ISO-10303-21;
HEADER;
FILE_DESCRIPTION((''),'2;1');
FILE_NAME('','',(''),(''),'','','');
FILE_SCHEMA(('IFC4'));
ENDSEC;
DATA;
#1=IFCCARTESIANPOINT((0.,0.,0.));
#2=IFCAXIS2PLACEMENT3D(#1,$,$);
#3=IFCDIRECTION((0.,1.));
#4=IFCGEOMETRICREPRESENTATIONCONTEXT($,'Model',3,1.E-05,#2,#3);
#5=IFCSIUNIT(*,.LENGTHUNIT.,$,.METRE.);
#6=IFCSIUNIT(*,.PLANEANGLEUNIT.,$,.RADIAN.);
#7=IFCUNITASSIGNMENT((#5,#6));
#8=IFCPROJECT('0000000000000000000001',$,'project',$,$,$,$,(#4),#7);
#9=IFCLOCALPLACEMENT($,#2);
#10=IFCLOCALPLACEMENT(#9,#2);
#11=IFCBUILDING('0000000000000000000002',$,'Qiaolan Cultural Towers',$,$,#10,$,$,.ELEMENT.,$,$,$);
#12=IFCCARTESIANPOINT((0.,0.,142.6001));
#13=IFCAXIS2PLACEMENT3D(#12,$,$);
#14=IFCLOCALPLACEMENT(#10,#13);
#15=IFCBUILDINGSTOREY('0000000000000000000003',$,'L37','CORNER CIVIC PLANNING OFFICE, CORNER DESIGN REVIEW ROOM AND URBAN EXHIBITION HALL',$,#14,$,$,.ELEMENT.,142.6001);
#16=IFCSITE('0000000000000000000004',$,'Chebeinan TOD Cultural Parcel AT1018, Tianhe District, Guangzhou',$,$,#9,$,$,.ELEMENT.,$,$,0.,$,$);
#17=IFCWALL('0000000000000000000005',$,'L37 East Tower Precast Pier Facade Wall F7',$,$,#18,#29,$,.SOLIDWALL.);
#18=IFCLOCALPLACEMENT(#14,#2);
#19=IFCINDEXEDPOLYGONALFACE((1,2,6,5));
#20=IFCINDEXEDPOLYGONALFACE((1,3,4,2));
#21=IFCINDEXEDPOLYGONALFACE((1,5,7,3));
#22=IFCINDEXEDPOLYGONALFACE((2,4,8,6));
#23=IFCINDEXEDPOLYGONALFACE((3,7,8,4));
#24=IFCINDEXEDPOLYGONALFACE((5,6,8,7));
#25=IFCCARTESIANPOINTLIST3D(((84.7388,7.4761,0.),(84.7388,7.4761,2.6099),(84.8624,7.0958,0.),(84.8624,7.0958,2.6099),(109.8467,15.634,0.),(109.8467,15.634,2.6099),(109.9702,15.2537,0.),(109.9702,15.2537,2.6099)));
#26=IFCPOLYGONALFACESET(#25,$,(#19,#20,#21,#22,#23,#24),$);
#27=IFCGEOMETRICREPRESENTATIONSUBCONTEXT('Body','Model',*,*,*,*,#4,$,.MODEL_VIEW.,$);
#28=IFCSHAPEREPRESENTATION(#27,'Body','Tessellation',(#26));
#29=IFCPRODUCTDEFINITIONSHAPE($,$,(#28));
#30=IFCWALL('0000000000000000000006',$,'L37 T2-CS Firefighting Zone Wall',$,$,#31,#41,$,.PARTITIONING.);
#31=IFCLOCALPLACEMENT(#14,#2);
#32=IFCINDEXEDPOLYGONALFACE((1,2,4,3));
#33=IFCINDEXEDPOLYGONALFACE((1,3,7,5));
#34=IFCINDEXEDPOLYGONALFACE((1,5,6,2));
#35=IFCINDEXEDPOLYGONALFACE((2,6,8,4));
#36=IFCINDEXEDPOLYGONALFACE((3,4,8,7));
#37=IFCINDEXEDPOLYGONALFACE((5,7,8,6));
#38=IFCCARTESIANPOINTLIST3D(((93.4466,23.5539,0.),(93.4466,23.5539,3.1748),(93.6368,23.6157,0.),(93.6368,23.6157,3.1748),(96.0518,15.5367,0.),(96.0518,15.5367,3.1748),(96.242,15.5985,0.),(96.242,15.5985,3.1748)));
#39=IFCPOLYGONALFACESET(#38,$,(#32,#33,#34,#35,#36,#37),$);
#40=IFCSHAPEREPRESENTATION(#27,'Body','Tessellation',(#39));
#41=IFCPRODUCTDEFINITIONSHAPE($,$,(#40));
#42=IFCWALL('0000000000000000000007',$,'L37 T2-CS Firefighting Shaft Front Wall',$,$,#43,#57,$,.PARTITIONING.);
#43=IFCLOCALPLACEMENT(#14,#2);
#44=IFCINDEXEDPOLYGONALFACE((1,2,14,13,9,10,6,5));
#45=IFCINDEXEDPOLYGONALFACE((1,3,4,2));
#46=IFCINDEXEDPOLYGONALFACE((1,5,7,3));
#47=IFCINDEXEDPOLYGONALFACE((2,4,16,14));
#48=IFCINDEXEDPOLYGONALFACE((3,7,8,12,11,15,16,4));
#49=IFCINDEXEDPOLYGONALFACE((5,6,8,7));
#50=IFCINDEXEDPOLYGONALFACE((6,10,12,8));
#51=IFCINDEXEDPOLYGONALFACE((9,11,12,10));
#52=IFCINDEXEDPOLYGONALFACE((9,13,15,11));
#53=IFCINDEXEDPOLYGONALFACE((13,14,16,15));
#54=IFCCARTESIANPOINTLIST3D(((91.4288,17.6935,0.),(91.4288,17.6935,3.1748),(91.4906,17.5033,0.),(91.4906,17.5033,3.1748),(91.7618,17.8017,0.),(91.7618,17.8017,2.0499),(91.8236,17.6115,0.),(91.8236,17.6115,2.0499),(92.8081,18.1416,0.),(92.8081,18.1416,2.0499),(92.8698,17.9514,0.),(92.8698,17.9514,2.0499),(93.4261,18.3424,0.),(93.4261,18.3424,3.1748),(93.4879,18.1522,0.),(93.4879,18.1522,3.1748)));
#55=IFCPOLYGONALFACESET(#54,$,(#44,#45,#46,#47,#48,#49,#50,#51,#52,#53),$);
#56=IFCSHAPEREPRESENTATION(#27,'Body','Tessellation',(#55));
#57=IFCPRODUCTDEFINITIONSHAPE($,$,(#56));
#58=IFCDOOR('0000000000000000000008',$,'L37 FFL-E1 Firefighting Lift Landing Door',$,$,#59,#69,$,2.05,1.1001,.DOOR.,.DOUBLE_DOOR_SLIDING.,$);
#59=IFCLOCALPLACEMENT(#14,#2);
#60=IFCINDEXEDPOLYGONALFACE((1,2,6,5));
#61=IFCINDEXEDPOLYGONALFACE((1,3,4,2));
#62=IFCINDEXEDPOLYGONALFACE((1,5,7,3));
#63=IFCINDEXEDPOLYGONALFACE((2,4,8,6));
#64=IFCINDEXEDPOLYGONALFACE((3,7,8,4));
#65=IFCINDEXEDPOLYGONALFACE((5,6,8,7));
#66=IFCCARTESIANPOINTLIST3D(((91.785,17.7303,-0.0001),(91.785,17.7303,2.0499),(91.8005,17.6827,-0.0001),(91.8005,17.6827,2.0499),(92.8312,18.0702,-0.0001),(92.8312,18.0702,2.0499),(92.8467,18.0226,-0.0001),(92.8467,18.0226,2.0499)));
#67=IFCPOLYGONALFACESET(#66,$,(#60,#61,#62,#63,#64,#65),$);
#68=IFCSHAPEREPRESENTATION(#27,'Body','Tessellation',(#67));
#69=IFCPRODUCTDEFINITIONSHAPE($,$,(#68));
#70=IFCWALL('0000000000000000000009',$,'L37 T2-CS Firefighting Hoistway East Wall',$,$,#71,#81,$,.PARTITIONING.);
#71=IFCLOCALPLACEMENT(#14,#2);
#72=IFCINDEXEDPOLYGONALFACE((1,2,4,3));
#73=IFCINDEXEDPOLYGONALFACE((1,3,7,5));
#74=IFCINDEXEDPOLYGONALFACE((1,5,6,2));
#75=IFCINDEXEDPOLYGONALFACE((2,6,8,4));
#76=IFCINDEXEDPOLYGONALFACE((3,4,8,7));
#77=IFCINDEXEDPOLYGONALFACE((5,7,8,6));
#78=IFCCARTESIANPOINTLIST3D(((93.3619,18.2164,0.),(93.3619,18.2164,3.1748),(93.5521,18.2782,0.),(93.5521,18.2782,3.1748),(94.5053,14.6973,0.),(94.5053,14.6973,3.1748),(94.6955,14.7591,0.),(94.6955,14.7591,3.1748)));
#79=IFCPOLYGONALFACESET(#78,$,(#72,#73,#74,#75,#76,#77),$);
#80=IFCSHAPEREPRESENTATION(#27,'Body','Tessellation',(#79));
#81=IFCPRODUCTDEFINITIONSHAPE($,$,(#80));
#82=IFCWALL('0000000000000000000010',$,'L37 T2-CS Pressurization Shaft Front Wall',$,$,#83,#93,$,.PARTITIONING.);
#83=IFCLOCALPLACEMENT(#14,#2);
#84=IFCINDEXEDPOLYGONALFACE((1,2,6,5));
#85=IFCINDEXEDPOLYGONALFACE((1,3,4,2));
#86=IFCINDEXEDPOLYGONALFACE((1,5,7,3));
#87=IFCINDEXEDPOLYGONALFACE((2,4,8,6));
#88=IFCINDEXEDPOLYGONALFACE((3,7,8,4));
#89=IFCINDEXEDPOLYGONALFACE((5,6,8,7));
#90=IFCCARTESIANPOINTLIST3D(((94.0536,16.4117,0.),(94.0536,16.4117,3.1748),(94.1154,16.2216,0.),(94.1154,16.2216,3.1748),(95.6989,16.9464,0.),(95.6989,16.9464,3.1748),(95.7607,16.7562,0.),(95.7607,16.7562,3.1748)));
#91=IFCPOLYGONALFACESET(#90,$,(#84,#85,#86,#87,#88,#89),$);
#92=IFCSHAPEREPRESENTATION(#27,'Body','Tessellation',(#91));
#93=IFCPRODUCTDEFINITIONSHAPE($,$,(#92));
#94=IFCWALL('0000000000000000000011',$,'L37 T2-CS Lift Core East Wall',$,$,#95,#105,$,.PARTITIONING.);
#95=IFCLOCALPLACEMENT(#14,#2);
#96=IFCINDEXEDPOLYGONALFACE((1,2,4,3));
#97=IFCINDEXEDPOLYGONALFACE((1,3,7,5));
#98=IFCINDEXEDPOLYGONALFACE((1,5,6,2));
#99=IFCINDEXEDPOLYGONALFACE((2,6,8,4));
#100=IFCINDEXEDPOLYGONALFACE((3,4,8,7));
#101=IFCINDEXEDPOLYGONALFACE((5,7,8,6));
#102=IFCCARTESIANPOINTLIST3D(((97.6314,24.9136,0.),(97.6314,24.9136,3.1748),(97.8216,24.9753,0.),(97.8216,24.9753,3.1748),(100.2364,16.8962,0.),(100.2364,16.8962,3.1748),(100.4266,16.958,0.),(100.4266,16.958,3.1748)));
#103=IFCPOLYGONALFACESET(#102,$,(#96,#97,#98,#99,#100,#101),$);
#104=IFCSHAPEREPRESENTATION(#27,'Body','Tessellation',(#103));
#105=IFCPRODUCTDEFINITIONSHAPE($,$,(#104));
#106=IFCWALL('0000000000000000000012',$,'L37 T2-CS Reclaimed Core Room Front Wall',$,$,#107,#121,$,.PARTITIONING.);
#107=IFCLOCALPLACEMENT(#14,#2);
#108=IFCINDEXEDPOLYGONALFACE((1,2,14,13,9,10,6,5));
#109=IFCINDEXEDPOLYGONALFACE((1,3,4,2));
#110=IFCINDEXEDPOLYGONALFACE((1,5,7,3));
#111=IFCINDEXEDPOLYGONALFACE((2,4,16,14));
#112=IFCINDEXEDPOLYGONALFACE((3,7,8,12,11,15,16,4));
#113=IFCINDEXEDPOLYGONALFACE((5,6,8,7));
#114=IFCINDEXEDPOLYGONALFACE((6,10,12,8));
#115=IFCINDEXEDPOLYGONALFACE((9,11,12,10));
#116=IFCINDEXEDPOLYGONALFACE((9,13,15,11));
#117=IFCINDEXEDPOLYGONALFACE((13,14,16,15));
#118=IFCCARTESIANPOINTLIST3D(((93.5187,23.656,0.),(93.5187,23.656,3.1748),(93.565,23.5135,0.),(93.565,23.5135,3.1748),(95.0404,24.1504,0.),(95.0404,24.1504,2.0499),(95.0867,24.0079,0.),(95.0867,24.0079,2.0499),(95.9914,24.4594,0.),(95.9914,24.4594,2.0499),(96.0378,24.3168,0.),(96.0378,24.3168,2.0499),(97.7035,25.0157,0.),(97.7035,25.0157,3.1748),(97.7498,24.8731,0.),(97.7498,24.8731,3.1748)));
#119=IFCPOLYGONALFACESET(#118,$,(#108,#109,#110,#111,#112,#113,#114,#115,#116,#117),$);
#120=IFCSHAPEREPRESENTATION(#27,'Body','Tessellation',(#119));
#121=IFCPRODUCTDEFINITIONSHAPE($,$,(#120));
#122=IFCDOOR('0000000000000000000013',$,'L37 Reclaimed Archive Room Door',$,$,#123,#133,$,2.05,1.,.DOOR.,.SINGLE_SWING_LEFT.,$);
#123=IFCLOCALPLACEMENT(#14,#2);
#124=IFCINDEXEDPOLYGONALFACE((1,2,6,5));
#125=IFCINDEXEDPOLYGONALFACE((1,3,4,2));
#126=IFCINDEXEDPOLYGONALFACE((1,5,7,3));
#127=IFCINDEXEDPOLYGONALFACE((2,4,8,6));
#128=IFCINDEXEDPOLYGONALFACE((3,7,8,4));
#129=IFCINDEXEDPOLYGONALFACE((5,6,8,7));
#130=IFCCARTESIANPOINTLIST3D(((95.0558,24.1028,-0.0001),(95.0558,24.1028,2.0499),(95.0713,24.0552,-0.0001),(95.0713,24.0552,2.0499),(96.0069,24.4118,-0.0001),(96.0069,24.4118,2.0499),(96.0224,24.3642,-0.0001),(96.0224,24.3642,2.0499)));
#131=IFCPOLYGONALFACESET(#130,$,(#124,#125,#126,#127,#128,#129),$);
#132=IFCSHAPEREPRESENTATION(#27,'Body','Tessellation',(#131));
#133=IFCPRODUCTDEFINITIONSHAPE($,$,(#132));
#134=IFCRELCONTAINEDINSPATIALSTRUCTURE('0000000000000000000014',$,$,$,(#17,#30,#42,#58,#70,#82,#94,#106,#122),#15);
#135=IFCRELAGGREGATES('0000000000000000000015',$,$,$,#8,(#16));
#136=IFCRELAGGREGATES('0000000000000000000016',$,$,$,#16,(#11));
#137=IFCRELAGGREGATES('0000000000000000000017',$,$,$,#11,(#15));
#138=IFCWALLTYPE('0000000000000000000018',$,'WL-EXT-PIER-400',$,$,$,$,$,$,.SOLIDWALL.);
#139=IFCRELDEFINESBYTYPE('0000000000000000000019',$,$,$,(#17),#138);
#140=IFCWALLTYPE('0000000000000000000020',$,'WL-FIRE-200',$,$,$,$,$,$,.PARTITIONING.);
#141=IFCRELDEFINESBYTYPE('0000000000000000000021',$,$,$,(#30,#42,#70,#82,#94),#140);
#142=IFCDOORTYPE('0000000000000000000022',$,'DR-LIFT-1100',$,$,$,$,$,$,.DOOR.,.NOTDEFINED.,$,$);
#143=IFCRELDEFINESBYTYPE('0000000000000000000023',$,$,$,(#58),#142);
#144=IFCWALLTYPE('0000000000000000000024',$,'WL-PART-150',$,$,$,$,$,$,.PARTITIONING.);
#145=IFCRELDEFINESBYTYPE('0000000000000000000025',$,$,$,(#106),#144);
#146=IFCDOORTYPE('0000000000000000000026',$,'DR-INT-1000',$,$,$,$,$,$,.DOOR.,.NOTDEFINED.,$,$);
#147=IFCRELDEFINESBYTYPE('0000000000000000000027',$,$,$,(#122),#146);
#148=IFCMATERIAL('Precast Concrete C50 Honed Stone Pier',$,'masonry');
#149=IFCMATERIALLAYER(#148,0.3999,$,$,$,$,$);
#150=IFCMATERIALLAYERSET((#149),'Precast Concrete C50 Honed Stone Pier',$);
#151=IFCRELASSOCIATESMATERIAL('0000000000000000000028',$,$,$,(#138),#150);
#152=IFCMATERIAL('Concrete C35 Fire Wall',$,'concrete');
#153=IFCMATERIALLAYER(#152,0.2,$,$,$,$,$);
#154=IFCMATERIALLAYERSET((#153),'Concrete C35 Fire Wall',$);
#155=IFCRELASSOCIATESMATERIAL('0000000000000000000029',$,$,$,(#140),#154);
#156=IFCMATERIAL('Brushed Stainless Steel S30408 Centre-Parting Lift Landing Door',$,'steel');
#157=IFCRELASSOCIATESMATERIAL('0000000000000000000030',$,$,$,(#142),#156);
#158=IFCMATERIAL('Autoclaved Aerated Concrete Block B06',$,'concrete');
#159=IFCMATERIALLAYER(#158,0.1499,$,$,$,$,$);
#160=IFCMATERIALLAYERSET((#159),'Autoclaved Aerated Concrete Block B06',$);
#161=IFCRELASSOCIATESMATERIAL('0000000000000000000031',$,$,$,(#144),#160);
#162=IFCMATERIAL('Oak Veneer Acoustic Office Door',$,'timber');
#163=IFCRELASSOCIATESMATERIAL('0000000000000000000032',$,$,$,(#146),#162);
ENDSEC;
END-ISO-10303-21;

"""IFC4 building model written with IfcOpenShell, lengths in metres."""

from ifc_helpers import new_model, si_unit, direction, frame, frame_2d, origin, place, context, subcontext, project, spatial, rectangle, extrude, material, layer, layer_set, type_object, element, fill, save


model = new_model("IFC4")

# Units and contexts
model_context = context("Model", 3, precision=1e-05, world=origin(), true_north=direction((0.0, 1.0)))
body_context = subcontext(model_context, "Body", "Model", "MODEL_VIEW")
ifc_project = project(units=[si_unit("LENGTHUNIT", "METRE"), si_unit("PLANEANGLEUNIT", "RADIAN")], contexts=[model_context])

# Site, building, storey
site_placement = place(None, origin())
site = spatial("IfcSite", under=ifc_project, at=site_placement, Name="Chebeinan TOD Cultural Parcel AT1018, Tianhe District, Guangzhou", CompositionType="ELEMENT", RefElevation=0.0)
building_placement = place(site_placement, origin())
building = spatial("IfcBuilding", under=site, at=building_placement, Name="Qiaolan Cultural Towers", CompositionType="ELEMENT")
storey_placement = place(building_placement, frame((0.0, 0.0, 142.6001)))
storey = spatial("IfcBuildingStorey", under=building, at=storey_placement, Name="L37", Description="CORNER CIVIC PLANNING OFFICE, CORNER DESIGN REVIEW ROOM AND URBAN EXHIBITION HALL", CompositionType="ELEMENT", Elevation=142.6001)

# Walls
ifc_material_1 = material(Name="Precast Concrete C50 Honed Stone Pier", Category="masonry")
ifc_layer_1 = layer(ifc_material_1, 0.3999)
ifc_layer_set_1 = layer_set([ifc_layer_1], Name="Precast Concrete C50 Honed Stone Pier")
wall_type_1 = type_object("IfcWallType", Name="WL-EXT-PIER-400", PredefinedType="SOLIDWALL", material=ifc_layer_set_1)
wall_1_placement = place(storey_placement, frame((109.9084, 15.4438, 0.0), z_axis=(0.0, 0.0, 1.0), x_axis=(-0.951058, -0.309014, 0.0)))
element("IfcWall", 1, at=wall_1_placement, inside=storey, type_object=wall_type_1, Name="L37 East Tower Precast Pier Facade Wall F7", PredefinedType="SOLIDWALL", context=body_context, shape_type="SweptSolid", body=[
    extrude(rectangle(XDim=26.3999, YDim=0.3999, at=frame_2d((13.2, 0.0))), origin(), (0.0, 0.0, 1.0), 2.6099),
])
ifc_material_2 = material(Name="Concrete C35 Fire Wall", Category="concrete")
ifc_layer_2 = layer(ifc_material_2, 0.2)
ifc_layer_set_2 = layer_set([ifc_layer_2], Name="Concrete C35 Fire Wall")
wall_type_2 = type_object("IfcWallType", Name="WL-FIRE-200", PredefinedType="PARTITIONING", material=ifc_layer_set_2)
wall_2_placement = place(storey_placement, frame((93.5417, 23.5847, 0.0), z_axis=(0.0, 0.0, 1.0), x_axis=(0.309042, -0.951048, 0.0)))
element("IfcWall", 2, at=wall_2_placement, inside=storey, type_object=wall_type_2, Name="L37 T2-CS Firefighting Zone Wall", PredefinedType="PARTITIONING", context=body_context, shape_type="SweptSolid", body=[
    extrude(rectangle(XDim=8.4299, YDim=0.2, at=frame_2d((4.2148, 0.0))), origin(), (0.0, 0.0, 1.0), 3.1748),
])

# Wall, opening, door
wall_3_placement = place(storey_placement, frame((91.4597, 17.5984, 0.0), z_axis=(0.0, 0.0, 1.0), x_axis=(0.951062, 0.308999, 0.0)))
wall_3 = element("IfcWall", 3, at=wall_3_placement, inside=storey, type_object=wall_type_2, Name="L37 T2-CS Firefighting Shaft Front Wall", PredefinedType="PARTITIONING", context=body_context, shape_type="SweptSolid", body=[
    extrude(rectangle(XDim=2.1001, YDim=0.2, at=frame_2d((1.05, 0.0))), origin(), (0.0, 0.0, 1.0), 3.1748),
])
opening_1_placement = place(wall_3_placement, frame((0.3501, 0.0, 0.0)))
opening_1 = element("IfcOpeningElement", 4, at=opening_1_placement, cuts=wall_3, PredefinedType="OPENING", context=body_context, shape_type="SweptSolid", body=[
    extrude(rectangle(XDim=1.1001, YDim=2.05, at=frame_2d((0.55, 1.0249))), frame((0.0, 0.1099, 0.0), z_axis=(0.0, -1.0, 0.0), x_axis=(1.0, 0.0, 0.0)), (0.0, 0.0, 1.0), 0.22),
])
ifc_material_3 = material(Name="Brushed Stainless Steel S30408 Centre-Parting Lift Landing Door", Category="steel")
door_type_1 = type_object("IfcDoorType", Name="DR-LIFT-1100", OperationType="NOTDEFINED", PredefinedType="DOOR", material=ifc_material_3)
door_1_placement = place(opening_1_placement, origin())
door_1 = element("IfcDoor", 5, at=door_1_placement, inside=storey, type_object=door_type_1, Name="L37 FFL-E1 Firefighting Lift Landing Door", OperationType="DOUBLE_DOOR_SLIDING", OverallHeight=2.05, OverallWidth=1.1001, PredefinedType="DOOR", context=body_context, shape_type="SweptSolid", body=[
    extrude(rectangle(XDim=1.1001, YDim=2.05, at=frame_2d((0.55, 1.0249))), frame((0.0, 0.0249, 0.0), z_axis=(0.0, -1.0, 0.0), x_axis=(1.0, 0.0, 0.0)), (0.0, 0.0, 1.0), 0.05),
])
fill(opening_1, door_1)

# Walls
wall_4_placement = place(storey_placement, frame((93.457, 18.2473, 0.0), z_axis=(0.0, 0.0, 1.0), x_axis=(0.308994, -0.951064, 0.0)))
element("IfcWall", 6, at=wall_4_placement, inside=storey, type_object=wall_type_2, Name="L37 T2-CS Firefighting Hoistway East Wall", PredefinedType="PARTITIONING", context=body_context, shape_type="SweptSolid", body=[
    extrude(rectangle(XDim=3.7002, YDim=0.2, at=frame_2d((1.8501, 0.0))), origin(), (0.0, 0.0, 1.0), 3.1748),
])
wall_5_placement = place(storey_placement, frame((94.0845, 16.3167, 0.0), z_axis=(0.0, 0.0, 1.0), x_axis=(0.951041, 0.309064, 0.0)))
element("IfcWall", 7, at=wall_5_placement, inside=storey, type_object=wall_type_2, Name="L37 T2-CS Pressurization Shaft Front Wall", PredefinedType="PARTITIONING", context=body_context, shape_type="SweptSolid", body=[
    extrude(rectangle(XDim=1.73, YDim=0.2, at=frame_2d((0.865, 0.0))), origin(), (0.0, 0.0, 1.0), 3.1748),
])
wall_6_placement = place(storey_placement, frame((97.7266, 24.9443, 0.0), z_axis=(0.0, 0.0, 1.0), x_axis=(0.309016, -0.951057, 0.0)))
element("IfcWall", 8, at=wall_6_placement, inside=storey, type_object=wall_type_2, Name="L37 T2-CS Lift Core East Wall", PredefinedType="PARTITIONING", context=body_context, shape_type="SweptSolid", body=[
    extrude(rectangle(XDim=8.4299, YDim=0.2, at=frame_2d((4.2148, 0.0))), origin(), (0.0, 0.0, 1.0), 3.1748),
])

# Wall, opening, door
ifc_material_4 = material(Name="Autoclaved Aerated Concrete Block B06", Category="concrete")
ifc_layer_3 = layer(ifc_material_4, 0.1499)
ifc_layer_set_3 = layer_set([ifc_layer_3], Name="Autoclaved Aerated Concrete Block B06")
wall_type_3 = type_object("IfcWallType", Name="WL-PART-150", PredefinedType="PARTITIONING", material=ifc_layer_set_3)
wall_7_placement = place(storey_placement, frame((93.5417, 23.5847, 0.0), z_axis=(0.0, 0.0, 1.0), x_axis=(0.951064, 0.308994, 0.0)))
wall_7 = element("IfcWall", 9, at=wall_7_placement, inside=storey, type_object=wall_type_3, Name="L37 T2-CS Reclaimed Core Room Front Wall", PredefinedType="PARTITIONING", context=body_context, shape_type="SweptSolid", body=[
    extrude(rectangle(XDim=4.4001, YDim=0.1499, at=frame_2d((2.2002, 0.0))), origin(), (0.0, 0.0, 1.0), 3.1748),
])
opening_2_placement = place(wall_7_placement, frame((1.6001, 0.0, 0.0)))
opening_2 = element("IfcOpeningElement", 10, at=opening_2_placement, cuts=wall_7, PredefinedType="OPENING", context=body_context, shape_type="SweptSolid", body=[
    extrude(rectangle(XDim=1.0, YDim=2.05, at=frame_2d((0.5, 1.0249))), frame((0.0, 0.085, 0.0), z_axis=(0.0, -1.0, 0.0), x_axis=(1.0, 0.0, 0.0)), (0.0, 0.0, 1.0), 0.1699),
])
ifc_material_5 = material(Name="Oak Veneer Acoustic Office Door", Category="timber")
door_type_2 = type_object("IfcDoorType", Name="DR-INT-1000", OperationType="NOTDEFINED", PredefinedType="DOOR", material=ifc_material_5)
door_2_placement = place(opening_2_placement, origin())
door_2 = element("IfcDoor", 11, at=door_2_placement, inside=storey, type_object=door_type_2, Name="L37 Reclaimed Archive Room Door", OperationType="SINGLE_SWING_LEFT", OverallHeight=2.05, OverallWidth=1.0, PredefinedType="DOOR", context=body_context, shape_type="SweptSolid", body=[
    extrude(rectangle(XDim=1.0, YDim=2.05, at=frame_2d((0.5, 1.0249))), frame((0.0, 0.0249, 0.0), z_axis=(0.0, -1.0, 0.0), x_axis=(1.0, 0.0, 0.0)), (0.0, 0.0, 1.0), 0.05),
])
fill(opening_2, door_2)

save(model, "model.ifc")
